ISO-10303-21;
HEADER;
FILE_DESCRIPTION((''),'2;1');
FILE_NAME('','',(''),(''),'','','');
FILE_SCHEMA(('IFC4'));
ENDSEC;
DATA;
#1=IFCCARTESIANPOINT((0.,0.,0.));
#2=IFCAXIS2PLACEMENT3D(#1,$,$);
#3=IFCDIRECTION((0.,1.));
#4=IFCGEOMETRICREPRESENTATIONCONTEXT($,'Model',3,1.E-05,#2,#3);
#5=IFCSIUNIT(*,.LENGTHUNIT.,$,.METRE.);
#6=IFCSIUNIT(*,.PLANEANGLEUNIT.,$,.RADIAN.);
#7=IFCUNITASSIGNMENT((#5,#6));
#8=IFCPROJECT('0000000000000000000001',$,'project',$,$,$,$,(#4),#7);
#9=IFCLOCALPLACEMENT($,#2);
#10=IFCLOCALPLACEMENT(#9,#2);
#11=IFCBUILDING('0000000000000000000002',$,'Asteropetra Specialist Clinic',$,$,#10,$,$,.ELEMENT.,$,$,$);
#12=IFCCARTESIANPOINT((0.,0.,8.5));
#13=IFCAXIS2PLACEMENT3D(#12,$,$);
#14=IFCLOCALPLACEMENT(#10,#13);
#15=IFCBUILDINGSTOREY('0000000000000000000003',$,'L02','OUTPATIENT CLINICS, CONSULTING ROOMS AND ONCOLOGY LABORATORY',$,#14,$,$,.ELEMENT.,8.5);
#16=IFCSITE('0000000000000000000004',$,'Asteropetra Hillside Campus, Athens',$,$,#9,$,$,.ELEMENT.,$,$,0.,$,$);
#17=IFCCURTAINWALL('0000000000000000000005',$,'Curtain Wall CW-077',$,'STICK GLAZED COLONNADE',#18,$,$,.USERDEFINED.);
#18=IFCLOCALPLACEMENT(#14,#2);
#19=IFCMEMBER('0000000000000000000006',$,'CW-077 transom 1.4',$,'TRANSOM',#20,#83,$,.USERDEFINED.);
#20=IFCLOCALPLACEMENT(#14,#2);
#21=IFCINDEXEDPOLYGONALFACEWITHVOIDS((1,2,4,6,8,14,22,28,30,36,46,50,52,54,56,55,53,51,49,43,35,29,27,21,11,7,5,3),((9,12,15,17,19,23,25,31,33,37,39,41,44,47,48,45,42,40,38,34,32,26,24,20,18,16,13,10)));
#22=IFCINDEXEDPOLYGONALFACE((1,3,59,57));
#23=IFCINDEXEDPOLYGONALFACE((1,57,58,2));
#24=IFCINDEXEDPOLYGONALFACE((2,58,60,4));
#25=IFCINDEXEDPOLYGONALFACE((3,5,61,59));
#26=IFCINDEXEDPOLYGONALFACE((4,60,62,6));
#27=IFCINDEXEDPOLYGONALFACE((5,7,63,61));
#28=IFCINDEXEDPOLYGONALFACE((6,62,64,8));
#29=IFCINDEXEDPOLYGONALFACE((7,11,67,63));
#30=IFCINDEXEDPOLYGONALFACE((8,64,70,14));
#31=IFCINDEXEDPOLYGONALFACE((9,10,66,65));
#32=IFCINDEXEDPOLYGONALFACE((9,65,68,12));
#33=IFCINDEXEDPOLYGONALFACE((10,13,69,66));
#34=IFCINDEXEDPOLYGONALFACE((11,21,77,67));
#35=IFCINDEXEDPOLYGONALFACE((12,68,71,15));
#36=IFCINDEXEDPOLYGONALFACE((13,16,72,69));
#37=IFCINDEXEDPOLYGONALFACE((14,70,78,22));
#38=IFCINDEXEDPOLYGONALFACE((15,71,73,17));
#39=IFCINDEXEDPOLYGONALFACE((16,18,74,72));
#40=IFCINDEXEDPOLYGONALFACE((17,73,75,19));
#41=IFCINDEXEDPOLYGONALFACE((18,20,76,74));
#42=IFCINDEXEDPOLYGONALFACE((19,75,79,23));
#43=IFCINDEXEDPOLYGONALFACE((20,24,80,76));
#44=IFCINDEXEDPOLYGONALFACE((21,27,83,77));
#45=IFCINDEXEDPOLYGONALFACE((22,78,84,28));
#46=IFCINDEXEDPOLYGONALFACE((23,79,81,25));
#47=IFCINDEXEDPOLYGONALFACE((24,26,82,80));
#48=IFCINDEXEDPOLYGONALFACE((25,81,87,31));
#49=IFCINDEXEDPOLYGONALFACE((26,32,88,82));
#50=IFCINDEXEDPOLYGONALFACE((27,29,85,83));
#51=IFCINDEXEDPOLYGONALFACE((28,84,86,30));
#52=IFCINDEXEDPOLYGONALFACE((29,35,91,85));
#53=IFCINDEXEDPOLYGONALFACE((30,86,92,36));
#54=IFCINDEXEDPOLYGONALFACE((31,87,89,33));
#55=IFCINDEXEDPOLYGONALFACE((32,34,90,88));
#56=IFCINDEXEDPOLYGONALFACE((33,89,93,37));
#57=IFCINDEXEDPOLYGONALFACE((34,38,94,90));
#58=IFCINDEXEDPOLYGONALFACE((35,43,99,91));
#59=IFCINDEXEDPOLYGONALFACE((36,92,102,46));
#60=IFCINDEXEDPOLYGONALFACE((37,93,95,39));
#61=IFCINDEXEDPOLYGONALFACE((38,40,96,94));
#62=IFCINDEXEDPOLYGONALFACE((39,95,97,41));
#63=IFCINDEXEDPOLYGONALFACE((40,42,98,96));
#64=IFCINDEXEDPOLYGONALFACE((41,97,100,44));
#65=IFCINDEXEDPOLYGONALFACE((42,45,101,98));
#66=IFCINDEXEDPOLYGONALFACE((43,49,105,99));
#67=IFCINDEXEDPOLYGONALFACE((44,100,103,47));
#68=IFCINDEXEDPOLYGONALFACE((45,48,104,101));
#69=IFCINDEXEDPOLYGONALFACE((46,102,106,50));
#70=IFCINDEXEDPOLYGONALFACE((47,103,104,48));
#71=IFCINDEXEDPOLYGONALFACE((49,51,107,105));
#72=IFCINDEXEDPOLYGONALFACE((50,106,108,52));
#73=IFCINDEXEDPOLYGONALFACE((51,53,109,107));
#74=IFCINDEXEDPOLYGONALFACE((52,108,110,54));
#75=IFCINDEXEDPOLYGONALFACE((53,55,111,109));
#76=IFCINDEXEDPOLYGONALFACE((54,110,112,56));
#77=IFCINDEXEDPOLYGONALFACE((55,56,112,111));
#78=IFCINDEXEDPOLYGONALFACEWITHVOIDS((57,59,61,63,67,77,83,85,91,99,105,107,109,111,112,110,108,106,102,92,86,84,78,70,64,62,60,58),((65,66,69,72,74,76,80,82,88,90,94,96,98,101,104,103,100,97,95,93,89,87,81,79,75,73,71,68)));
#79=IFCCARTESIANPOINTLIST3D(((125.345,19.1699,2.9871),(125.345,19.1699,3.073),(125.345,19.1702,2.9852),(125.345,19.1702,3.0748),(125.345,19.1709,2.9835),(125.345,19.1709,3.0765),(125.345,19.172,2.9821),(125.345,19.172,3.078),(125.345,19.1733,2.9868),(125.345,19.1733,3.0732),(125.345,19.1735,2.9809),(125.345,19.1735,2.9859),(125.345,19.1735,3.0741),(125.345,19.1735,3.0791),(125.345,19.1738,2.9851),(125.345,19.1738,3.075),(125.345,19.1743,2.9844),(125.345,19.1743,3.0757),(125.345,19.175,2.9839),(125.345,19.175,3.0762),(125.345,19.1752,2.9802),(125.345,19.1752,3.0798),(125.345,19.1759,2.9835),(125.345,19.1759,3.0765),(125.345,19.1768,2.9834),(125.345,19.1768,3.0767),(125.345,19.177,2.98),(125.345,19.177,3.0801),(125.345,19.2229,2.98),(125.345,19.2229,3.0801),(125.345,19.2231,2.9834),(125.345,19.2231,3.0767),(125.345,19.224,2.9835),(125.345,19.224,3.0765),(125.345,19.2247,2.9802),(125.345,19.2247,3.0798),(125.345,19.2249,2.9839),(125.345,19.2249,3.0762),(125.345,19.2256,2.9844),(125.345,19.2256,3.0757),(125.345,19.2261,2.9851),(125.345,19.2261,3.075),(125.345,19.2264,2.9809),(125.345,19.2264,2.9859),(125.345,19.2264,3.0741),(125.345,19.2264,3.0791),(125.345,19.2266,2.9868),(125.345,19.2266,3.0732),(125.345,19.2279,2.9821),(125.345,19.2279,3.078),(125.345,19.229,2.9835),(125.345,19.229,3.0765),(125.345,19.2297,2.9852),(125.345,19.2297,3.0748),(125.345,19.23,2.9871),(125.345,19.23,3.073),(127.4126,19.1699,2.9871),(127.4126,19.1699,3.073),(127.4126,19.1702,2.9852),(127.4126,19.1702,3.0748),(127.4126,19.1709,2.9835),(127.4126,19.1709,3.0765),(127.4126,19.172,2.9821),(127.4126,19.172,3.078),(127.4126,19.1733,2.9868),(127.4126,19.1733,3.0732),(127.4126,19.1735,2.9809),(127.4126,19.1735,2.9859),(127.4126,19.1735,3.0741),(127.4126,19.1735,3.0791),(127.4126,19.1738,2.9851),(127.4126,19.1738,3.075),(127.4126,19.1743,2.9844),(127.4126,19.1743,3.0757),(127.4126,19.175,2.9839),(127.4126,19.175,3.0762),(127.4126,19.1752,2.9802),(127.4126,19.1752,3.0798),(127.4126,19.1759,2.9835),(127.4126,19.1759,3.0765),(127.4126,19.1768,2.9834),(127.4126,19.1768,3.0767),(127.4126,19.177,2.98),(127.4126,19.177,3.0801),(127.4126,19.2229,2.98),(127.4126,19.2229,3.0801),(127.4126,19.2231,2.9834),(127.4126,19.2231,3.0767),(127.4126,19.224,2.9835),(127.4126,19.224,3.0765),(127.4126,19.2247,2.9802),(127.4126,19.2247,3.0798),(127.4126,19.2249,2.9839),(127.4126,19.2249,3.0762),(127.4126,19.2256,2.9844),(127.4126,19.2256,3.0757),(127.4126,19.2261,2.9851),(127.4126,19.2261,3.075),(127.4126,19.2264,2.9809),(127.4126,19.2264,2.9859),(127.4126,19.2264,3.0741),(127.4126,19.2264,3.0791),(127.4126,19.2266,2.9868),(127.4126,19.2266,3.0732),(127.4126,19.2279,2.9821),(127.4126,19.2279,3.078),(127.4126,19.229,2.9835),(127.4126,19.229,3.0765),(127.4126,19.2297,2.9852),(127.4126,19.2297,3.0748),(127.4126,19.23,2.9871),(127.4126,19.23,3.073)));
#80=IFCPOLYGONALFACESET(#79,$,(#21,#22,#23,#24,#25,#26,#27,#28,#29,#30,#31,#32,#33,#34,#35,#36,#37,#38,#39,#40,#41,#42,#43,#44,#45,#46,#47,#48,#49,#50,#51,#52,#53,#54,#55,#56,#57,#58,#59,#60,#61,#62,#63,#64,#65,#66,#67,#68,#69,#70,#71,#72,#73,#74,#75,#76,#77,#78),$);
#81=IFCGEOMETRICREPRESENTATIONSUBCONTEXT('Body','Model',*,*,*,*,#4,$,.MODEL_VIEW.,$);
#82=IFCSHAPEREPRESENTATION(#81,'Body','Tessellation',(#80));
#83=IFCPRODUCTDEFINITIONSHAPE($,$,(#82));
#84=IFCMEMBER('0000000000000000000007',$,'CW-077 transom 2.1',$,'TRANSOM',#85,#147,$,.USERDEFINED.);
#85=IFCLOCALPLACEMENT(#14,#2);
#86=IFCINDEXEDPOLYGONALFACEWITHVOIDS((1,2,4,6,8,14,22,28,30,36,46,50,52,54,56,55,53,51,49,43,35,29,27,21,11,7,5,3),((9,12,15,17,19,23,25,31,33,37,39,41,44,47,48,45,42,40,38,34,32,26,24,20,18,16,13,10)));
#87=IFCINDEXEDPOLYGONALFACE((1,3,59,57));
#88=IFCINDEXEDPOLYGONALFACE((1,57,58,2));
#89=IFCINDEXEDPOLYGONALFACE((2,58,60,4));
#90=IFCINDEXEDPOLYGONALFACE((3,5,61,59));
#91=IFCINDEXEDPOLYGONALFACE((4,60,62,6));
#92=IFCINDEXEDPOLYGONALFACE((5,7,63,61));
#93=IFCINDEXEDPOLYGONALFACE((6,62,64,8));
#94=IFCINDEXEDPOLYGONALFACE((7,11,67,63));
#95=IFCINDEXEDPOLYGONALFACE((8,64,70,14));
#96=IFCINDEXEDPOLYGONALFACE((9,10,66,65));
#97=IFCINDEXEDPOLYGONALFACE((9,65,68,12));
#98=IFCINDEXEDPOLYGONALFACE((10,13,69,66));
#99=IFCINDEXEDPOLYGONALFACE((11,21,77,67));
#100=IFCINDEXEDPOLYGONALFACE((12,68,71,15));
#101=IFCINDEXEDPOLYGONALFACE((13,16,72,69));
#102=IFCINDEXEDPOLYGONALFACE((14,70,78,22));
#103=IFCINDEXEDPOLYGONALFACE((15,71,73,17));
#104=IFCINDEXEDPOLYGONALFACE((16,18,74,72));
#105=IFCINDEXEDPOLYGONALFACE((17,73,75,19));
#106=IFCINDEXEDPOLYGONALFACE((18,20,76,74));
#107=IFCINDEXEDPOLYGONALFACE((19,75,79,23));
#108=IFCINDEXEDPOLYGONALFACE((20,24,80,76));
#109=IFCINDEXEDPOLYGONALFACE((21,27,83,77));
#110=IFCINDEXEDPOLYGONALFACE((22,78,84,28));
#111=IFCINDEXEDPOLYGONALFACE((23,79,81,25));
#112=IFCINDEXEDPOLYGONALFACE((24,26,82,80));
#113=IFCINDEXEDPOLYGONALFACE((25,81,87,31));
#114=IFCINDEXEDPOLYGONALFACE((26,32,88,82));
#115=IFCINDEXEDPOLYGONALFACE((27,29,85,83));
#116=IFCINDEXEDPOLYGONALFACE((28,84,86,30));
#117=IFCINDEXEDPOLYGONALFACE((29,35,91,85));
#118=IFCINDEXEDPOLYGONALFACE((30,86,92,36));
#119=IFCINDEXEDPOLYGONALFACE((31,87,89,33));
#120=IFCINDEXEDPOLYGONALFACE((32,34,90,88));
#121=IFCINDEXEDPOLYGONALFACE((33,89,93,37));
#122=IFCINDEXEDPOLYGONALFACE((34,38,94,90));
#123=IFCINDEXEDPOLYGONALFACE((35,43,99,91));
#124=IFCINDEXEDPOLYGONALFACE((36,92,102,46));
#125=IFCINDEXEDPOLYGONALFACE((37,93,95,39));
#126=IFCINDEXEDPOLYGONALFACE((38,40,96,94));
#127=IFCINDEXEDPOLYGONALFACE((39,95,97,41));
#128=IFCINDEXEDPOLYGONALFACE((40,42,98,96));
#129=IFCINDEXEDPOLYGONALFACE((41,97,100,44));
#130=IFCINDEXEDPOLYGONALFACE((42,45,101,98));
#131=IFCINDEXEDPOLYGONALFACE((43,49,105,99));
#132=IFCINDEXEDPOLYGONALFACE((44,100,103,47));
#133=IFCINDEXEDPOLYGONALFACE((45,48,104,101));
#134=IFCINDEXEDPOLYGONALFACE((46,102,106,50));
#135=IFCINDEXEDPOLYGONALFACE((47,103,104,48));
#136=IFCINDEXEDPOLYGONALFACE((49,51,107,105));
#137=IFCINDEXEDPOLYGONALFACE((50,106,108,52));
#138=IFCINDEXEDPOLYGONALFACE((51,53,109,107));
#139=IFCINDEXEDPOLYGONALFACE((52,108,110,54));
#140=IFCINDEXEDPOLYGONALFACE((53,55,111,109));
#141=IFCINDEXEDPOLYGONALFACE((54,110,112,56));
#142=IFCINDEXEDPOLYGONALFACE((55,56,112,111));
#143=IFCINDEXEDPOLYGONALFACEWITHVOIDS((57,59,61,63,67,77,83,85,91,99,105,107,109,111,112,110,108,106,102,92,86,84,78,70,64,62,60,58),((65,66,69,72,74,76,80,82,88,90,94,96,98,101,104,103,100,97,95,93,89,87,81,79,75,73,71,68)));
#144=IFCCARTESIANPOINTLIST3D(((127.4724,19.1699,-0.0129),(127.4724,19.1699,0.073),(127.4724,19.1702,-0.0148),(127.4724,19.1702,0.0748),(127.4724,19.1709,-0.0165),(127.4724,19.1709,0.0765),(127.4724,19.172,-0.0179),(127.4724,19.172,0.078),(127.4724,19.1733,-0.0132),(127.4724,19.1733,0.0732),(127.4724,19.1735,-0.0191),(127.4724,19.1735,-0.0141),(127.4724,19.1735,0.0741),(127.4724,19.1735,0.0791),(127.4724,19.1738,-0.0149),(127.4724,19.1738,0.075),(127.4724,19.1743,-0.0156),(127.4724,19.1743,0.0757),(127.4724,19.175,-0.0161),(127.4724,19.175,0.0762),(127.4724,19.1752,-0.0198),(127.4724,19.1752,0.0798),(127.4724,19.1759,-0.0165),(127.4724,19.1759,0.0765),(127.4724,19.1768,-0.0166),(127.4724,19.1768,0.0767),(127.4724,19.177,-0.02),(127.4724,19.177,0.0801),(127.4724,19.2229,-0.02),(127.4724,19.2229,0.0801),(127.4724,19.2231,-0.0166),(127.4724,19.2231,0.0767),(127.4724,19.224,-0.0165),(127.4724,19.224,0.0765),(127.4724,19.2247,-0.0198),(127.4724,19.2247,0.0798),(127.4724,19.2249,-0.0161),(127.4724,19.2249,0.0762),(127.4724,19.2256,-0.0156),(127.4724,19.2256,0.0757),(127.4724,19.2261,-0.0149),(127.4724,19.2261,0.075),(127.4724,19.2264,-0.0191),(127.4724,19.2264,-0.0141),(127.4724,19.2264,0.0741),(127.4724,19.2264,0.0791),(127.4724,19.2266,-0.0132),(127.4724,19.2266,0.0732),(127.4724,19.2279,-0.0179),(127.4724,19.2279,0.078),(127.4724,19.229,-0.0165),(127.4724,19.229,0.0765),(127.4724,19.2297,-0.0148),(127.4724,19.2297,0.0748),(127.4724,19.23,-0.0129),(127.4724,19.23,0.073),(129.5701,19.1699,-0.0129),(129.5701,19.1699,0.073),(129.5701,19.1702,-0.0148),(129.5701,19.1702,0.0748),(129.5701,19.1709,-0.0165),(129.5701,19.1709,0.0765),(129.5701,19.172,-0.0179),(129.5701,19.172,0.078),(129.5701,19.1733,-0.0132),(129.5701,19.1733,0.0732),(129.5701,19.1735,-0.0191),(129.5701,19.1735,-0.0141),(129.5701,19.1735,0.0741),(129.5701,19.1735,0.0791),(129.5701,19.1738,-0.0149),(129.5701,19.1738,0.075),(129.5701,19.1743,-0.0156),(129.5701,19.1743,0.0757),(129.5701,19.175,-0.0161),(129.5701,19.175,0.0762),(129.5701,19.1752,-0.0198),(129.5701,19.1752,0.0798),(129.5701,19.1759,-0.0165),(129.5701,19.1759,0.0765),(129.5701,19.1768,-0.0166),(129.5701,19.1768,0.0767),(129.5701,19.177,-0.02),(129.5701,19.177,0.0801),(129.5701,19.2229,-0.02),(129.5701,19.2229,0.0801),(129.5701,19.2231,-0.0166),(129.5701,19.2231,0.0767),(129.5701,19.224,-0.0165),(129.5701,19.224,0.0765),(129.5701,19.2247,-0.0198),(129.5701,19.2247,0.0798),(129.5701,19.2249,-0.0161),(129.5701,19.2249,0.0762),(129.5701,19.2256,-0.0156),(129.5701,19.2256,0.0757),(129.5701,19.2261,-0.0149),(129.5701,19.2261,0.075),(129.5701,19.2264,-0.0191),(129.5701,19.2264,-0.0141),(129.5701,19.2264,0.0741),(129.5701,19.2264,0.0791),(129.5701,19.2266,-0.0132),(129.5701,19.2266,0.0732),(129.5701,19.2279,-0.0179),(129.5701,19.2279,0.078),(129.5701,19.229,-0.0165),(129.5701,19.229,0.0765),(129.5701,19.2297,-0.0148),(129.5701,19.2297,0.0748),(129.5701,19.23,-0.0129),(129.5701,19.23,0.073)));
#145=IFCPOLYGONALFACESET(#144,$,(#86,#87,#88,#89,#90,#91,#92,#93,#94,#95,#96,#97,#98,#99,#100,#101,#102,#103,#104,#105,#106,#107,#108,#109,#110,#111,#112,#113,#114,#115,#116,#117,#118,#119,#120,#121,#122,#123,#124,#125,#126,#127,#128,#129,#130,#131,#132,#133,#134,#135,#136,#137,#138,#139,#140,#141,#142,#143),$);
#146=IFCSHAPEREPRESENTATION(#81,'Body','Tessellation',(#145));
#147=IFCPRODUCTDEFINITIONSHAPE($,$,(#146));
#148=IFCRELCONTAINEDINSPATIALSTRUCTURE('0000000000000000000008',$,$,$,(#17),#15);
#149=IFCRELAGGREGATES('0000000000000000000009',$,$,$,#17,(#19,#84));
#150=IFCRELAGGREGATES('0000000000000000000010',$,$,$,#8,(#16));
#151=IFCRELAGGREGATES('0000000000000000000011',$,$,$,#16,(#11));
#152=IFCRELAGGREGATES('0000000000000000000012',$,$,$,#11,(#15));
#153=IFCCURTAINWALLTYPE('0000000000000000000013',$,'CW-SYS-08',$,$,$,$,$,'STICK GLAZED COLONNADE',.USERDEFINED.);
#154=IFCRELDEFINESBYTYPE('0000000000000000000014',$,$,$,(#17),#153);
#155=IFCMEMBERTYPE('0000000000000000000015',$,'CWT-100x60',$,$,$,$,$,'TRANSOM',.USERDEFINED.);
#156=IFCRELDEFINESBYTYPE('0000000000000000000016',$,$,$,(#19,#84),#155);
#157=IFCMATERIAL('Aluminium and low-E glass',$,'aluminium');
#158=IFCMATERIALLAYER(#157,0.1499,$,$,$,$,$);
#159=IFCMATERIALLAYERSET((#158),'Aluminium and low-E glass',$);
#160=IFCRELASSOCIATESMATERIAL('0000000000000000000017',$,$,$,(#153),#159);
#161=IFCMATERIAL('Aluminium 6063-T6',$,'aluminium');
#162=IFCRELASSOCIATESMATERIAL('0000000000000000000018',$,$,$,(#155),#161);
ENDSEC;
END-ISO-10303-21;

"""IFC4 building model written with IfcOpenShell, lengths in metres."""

from ifc_helpers import new_model, si_unit, direction, frame, origin, origin_2d, place, context, subcontext, project, spatial, hollow_rectangle, extrude, material, layer, layer_set, material_profile, profile_set, type_object, element, aggregate, save


model = new_model("IFC4")

# Units and contexts
model_context = context("Model", 3, precision=1e-05, world=origin(), true_north=direction((0.0, 1.0)))
body_context = subcontext(model_context, "Body", "Model", "MODEL_VIEW")
ifc_project = project(units=[si_unit("LENGTHUNIT", "METRE"), si_unit("PLANEANGLEUNIT", "RADIAN")], contexts=[model_context])

# Site, building, storey
site_placement = place(None, origin())
site = spatial("IfcSite", under=ifc_project, at=site_placement, Name="Asteropetra Hillside Campus, Athens", CompositionType="ELEMENT", RefElevation=0.0)
building_placement = place(site_placement, origin())
building = spatial("IfcBuilding", under=site, at=building_placement, Name="Asteropetra Specialist Clinic", CompositionType="ELEMENT")
storey_placement = place(building_placement, frame((0.0, 0.0, 8.5)))
storey = spatial("IfcBuildingStorey", under=building, at=storey_placement, Name="L02", Description="OUTPATIENT CLINICS, CONSULTING ROOMS AND ONCOLOGY LABORATORY", CompositionType="ELEMENT", Elevation=8.5)

# Curtain wall, members
ifc_material_1 = material(Name="Aluminium and low-E glass", Category="aluminium")
ifc_layer_1 = layer(ifc_material_1, 0.1499)
ifc_layer_set_1 = layer_set([ifc_layer_1], Name="Aluminium and low-E glass")
curtain_wall_type = type_object("IfcCurtainWallType", Name="CW-SYS-08", ElementType="STICK GLAZED COLONNADE", PredefinedType="USERDEFINED", material=ifc_layer_set_1)
curtain_wall_placement = place(storey_placement, origin())
curtain_wall = element("IfcCurtainWall", 1, at=curtain_wall_placement, inside=storey, type_object=curtain_wall_type, Name="Curtain Wall CW-077", ObjectType="STICK GLAZED COLONNADE", PredefinedType="USERDEFINED")
ifc_material_2 = material(Name="Aluminium 6063-T6", Category="aluminium")
ifc_material_profile_1 = material_profile(ifc_material_2, hollow_rectangle(XDim=0.0601, YDim=0.1001, WallThickness=0.0034, InnerFilletRadius=0.0034, OuterFilletRadius=0.0071, at=origin_2d()), Name="TRN 100x60x3.5")
ifc_profile_set_1 = profile_set([ifc_material_profile_1], Name="Aluminium 6063-T6")
member_type_1 = type_object("IfcMemberType", Name="CWT-100x60", ElementType="TRANSOM", PredefinedType="USERDEFINED", material=ifc_profile_set_1)
member_1_placement = place(storey_placement, frame((125.345, 19.2, 3.03), z_axis=(1.0, 0.0, 0.0), x_axis=(0.0, 1.0, 0.0)))
member_1 = element("IfcMember", 2, at=member_1_placement, type_object=member_type_1, Name="CW-077 transom 1.4", ObjectType="TRANSOM", PredefinedType="USERDEFINED", context=body_context, shape_type="SweptSolid", body=[
    extrude(hollow_rectangle(XDim=0.0601, YDim=0.1001, WallThickness=0.0034, InnerFilletRadius=0.0034, OuterFilletRadius=0.0071, at=origin_2d()), origin(), (0.0, 0.0, 1.0), 2.0676),
])
member_2_placement = place(storey_placement, frame((127.4724, 19.2, 0.03), z_axis=(1.0, 0.0, 0.0), x_axis=(0.0, 1.0, 0.0)))
member_2 = element("IfcMember", 3, at=member_2_placement, type_object=member_type_1, Name="CW-077 transom 2.1", ObjectType="TRANSOM", PredefinedType="USERDEFINED", context=body_context, shape_type="SweptSolid", body=[
    extrude(hollow_rectangle(XDim=0.0601, YDim=0.1001, WallThickness=0.0034, InnerFilletRadius=0.0034, OuterFilletRadius=0.0071, at=origin_2d()), origin(), (0.0, 0.0, 1.0), 2.0977),
])

aggregate(curtain_wall, [member_1, member_2])

save(model, "model.ifc")
